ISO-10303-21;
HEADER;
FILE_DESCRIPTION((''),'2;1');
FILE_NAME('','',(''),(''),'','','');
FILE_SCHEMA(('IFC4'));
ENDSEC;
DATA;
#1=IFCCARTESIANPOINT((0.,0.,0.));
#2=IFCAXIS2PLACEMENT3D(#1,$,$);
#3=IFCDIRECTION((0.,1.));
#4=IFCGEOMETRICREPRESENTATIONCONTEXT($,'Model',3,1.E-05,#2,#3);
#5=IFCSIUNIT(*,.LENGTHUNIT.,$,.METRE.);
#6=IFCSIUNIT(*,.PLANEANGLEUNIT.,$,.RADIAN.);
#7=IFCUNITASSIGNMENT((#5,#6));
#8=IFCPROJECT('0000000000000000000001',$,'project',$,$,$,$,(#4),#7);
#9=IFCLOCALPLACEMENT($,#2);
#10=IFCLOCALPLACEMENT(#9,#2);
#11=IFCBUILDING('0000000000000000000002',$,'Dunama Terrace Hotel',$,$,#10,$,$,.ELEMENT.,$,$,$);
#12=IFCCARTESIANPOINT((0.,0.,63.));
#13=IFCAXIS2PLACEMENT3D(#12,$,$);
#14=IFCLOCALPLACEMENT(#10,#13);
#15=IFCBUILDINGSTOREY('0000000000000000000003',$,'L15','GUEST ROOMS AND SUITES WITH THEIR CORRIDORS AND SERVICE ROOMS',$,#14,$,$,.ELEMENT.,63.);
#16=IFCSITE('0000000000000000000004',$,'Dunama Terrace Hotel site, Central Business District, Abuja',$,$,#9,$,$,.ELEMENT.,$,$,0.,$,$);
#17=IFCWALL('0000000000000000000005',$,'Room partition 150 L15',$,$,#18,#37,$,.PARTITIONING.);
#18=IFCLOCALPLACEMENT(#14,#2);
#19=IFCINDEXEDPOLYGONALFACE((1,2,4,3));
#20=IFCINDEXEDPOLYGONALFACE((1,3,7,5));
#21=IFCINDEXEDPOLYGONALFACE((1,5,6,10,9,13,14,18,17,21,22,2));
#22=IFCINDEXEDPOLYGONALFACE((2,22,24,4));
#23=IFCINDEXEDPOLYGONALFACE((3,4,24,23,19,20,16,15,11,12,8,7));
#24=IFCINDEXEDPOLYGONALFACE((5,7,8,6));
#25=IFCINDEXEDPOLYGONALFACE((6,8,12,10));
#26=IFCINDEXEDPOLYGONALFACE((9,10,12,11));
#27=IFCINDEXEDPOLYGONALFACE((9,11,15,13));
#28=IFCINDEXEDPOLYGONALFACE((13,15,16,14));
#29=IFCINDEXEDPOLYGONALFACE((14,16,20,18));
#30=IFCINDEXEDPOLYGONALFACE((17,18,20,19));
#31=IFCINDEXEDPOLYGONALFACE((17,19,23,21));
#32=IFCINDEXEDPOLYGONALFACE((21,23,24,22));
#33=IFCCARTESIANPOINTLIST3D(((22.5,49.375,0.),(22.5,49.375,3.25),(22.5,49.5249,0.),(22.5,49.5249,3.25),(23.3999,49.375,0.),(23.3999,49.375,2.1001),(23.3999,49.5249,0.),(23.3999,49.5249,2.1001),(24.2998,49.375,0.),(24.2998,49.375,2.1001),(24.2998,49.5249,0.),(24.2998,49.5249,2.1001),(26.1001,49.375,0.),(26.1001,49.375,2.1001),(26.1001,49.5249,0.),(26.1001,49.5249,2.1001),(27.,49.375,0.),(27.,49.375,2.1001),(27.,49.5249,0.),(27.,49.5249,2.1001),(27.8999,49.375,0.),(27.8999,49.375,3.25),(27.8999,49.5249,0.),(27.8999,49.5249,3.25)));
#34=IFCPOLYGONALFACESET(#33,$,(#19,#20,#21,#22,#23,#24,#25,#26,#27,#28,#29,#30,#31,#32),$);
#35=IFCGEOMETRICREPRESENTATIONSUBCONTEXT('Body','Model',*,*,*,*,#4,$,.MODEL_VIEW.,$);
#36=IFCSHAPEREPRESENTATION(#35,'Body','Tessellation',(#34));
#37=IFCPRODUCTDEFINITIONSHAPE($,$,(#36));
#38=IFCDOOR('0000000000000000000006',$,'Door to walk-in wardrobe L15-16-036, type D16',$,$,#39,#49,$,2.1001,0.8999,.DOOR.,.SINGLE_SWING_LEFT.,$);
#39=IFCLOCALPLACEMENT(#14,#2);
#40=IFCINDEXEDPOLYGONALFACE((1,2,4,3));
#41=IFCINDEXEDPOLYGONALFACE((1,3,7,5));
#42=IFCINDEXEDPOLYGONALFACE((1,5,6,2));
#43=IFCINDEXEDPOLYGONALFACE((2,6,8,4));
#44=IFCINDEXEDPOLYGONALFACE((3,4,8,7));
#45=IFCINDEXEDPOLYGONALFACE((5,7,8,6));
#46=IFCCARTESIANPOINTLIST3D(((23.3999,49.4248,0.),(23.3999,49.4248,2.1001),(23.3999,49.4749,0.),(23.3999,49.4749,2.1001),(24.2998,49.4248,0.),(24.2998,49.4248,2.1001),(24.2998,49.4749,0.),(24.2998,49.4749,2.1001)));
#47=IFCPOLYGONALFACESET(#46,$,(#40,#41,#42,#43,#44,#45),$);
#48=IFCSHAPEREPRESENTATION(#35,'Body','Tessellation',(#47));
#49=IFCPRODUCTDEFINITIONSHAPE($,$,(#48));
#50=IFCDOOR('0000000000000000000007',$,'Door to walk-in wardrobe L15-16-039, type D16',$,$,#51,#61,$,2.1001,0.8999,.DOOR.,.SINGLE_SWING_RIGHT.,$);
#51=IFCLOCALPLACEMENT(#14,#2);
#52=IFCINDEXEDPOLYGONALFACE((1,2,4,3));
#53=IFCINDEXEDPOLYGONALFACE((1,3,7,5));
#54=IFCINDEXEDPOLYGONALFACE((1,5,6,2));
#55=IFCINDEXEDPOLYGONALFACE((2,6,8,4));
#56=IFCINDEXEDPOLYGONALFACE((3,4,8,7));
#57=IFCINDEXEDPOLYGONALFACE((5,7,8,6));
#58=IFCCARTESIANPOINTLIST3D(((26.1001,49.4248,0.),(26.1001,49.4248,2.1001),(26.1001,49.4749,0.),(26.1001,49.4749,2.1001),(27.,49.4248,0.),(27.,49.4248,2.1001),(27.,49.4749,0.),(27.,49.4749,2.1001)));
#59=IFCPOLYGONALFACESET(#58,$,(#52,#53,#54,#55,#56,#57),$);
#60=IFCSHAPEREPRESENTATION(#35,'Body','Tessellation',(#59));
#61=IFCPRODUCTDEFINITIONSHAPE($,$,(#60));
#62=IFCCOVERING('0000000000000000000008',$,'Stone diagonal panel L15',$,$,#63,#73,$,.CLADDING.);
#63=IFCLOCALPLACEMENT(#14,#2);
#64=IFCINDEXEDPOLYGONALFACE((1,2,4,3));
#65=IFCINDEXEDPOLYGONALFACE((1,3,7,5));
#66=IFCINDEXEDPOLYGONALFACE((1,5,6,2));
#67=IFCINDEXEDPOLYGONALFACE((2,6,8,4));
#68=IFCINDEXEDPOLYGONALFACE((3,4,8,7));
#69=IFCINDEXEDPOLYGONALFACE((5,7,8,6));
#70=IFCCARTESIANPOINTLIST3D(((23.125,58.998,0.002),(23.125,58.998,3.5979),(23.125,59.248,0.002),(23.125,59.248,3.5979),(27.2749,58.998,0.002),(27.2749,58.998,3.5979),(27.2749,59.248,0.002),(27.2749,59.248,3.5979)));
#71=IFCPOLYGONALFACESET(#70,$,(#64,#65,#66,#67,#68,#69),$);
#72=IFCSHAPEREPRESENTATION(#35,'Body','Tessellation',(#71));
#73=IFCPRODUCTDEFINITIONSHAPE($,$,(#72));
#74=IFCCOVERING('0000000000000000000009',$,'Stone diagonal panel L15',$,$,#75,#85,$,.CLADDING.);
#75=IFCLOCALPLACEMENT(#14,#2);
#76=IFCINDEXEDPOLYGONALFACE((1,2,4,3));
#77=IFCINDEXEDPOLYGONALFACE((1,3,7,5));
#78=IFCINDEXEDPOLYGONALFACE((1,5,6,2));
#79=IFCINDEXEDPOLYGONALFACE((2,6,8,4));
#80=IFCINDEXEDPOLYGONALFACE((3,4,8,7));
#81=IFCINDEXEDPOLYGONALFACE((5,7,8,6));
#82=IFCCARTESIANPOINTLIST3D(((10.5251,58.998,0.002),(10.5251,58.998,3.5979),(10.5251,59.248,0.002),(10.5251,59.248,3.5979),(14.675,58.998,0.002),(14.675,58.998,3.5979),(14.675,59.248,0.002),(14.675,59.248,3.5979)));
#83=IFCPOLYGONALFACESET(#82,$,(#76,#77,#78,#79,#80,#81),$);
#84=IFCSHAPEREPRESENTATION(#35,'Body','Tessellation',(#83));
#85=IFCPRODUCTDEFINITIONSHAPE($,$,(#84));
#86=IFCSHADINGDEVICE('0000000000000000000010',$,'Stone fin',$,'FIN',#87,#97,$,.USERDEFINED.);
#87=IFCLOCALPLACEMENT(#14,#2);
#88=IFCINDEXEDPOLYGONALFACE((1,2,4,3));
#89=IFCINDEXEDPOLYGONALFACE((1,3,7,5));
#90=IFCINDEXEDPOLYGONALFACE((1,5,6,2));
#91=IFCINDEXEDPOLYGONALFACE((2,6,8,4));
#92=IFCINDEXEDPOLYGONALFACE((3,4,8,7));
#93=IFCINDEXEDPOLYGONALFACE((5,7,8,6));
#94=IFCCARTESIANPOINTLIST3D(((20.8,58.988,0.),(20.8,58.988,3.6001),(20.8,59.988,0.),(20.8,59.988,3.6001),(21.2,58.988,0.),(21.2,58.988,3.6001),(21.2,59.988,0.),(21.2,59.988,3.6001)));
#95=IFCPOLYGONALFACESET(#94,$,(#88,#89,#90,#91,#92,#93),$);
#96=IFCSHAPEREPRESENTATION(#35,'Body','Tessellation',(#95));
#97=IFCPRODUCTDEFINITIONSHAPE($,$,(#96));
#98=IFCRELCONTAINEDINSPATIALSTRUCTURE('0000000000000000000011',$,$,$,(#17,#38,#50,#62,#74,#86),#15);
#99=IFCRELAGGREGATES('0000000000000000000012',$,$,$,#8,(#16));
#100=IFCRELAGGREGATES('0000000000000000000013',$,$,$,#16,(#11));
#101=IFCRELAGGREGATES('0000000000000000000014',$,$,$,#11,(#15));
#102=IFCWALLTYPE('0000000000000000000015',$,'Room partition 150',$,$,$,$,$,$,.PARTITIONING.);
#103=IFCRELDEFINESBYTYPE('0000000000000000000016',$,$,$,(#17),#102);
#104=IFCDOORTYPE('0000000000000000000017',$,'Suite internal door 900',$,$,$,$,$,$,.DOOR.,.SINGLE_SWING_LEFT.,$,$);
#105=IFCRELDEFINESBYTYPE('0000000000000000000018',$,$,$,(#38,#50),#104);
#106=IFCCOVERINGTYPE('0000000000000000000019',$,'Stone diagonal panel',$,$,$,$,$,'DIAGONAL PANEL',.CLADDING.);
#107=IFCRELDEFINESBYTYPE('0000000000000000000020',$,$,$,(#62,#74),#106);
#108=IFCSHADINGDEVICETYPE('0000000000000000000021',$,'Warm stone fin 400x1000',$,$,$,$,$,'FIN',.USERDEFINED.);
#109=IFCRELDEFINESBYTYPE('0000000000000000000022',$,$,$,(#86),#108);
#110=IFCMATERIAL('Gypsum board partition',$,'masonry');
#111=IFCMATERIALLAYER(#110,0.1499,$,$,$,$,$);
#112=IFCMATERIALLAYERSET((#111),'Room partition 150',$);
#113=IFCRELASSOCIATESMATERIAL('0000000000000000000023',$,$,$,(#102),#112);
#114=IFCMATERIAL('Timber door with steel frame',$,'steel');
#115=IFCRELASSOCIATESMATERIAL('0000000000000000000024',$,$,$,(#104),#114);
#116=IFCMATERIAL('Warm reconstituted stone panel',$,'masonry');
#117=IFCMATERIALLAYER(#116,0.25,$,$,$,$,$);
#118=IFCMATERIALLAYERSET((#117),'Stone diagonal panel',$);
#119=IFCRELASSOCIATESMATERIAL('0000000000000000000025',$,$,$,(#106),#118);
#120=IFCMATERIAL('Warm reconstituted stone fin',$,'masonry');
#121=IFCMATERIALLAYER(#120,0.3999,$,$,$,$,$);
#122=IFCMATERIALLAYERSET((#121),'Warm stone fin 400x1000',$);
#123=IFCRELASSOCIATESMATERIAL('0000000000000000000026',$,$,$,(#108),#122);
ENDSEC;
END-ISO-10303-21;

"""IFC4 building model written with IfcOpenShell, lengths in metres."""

from ifc_helpers import new_model, si_unit, direction, frame, frame_2d, origin, origin_2d, place, context, subcontext, project, spatial, rectangle, extrude, material, layer, layer_set, type_object, element, fill, save


model = new_model("IFC4")

# Units and contexts
model_context = context("Model", 3, precision=1e-05, world=origin(), true_north=direction((0.0, 1.0)))
body_context = subcontext(model_context, "Body", "Model", "MODEL_VIEW")
ifc_project = project(units=[si_unit("LENGTHUNIT", "METRE"), si_unit("PLANEANGLEUNIT", "RADIAN")], contexts=[model_context])

# Site, building, storey
site_placement = place(None, origin())
site = spatial("IfcSite", under=ifc_project, at=site_placement, Name="Dunama Terrace Hotel site, Central Business District, Abuja", CompositionType="ELEMENT", RefElevation=0.0)
building_placement = place(site_placement, origin())
building = spatial("IfcBuilding", under=site, at=building_placement, Name="Dunama Terrace Hotel", CompositionType="ELEMENT")
storey_placement = place(building_placement, frame((0.0, 0.0, 63.0)))
storey = spatial("IfcBuildingStorey", under=building, at=storey_placement, Name="L15", Description="GUEST ROOMS AND SUITES WITH THEIR CORRIDORS AND SERVICE ROOMS", CompositionType="ELEMENT", Elevation=63.0)

# Shared definitions
ifc_material_1 = material(Name="Gypsum board partition", Category="masonry")
ifc_layer_1 = layer(ifc_material_1, 0.1499)
ifc_layer_set_1 = layer_set([ifc_layer_1], Name="Room partition 150")
wall_type_1 = type_object("IfcWallType", Name="Room partition 150", PredefinedType="PARTITIONING", material=ifc_layer_set_1)

# Shared definitions
ifc_material_2 = material(Name="Timber door with steel frame", Category="steel")
door_type_1 = type_object("IfcDoorType", Name="Suite internal door 900", OperationType="SINGLE_SWING_LEFT", PredefinedType="DOOR", material=ifc_material_2)

# Wall, openings, doors
wall_1_placement = place(storey_placement, frame((22.5, 49.45, 0.0), z_axis=(0.0, 0.0, 1.0), x_axis=(1.0, 0.0, 0.0)))
wall_1 = element("IfcWall", 1, at=wall_1_placement, inside=storey, type_object=wall_type_1, Name="Room partition 150 L15", PredefinedType="PARTITIONING", context=body_context, shape_type="SweptSolid", body=[
    extrude(rectangle(XDim=5.3999, YDim=0.1499, at=frame_2d((2.7, 0.0))), origin(), (0.0, 0.0, 1.0), 3.25),
])
opening_1_placement = place(wall_1_placement, frame((0.8999, 0.0, 0.0)))
opening_1 = element("IfcOpeningElement", 2, at=opening_1_placement, cuts=wall_1, PredefinedType="OPENING", context=body_context, shape_type="SweptSolid", body=[
    extrude(rectangle(XDim=0.8999, YDim=2.1001, at=frame_2d((0.45, 1.05))), frame((0.0, 0.085, 0.0), z_axis=(0.0, -1.0, 0.0), x_axis=(1.0, 0.0, 0.0)), (0.0, 0.0, 1.0), 0.1699),
])
opening_2_placement = place(wall_1_placement, frame((3.6001, 0.0, 0.0)))
opening_2 = element("IfcOpeningElement", 3, at=opening_2_placement, cuts=wall_1, PredefinedType="OPENING", context=body_context, shape_type="SweptSolid", body=[
    extrude(rectangle(XDim=0.8999, YDim=2.1001, at=frame_2d((0.45, 1.05))), frame((0.0, 0.085, 0.0), z_axis=(0.0, -1.0, 0.0), x_axis=(1.0, 0.0, 0.0)), (0.0, 0.0, 1.0), 0.1699),
])
door_1_placement = place(opening_1_placement, frame((0.8999, 0.0, 0.0), z_axis=(0.0, 0.0, 1.0), x_axis=(-1.0, 0.0, 0.0)))
door_1 = element("IfcDoor", 4, at=door_1_placement, inside=storey, type_object=door_type_1, Name="Door to walk-in wardrobe L15-16-036, type D16", OperationType="SINGLE_SWING_LEFT", OverallHeight=2.1001, OverallWidth=0.8999, PredefinedType="DOOR", context=body_context, shape_type="SweptSolid", body=[
    extrude(rectangle(XDim=0.8999, YDim=2.1001, at=frame_2d((0.45, 1.05))), frame((0.0, 0.0251, 0.0), z_axis=(0.0, -1.0, 0.0), x_axis=(1.0, 0.0, 0.0)), (0.0, 0.0, 1.0), 0.05),
])
fill(opening_1, door_1)
door_2_placement = place(opening_2_placement, frame((0.8999, 0.0, 0.0), z_axis=(0.0, 0.0, 1.0), x_axis=(-1.0, 0.0, 0.0)))
door_2 = element("IfcDoor", 5, at=door_2_placement, inside=storey, type_object=door_type_1, Name="Door to walk-in wardrobe L15-16-039, type D16", OperationType="SINGLE_SWING_RIGHT", OverallHeight=2.1001, OverallWidth=0.8999, PredefinedType="DOOR", context=body_context, shape_type="SweptSolid", body=[
    extrude(rectangle(XDim=0.8999, YDim=2.1001, at=frame_2d((0.45, 1.05))), frame((0.0, 0.0251, 0.0), z_axis=(0.0, -1.0, 0.0), x_axis=(1.0, 0.0, 0.0)), (0.0, 0.0, 1.0), 0.05),
])
fill(opening_2, door_2)

# Coverings
ifc_material_3 = material(Name="Warm reconstituted stone panel", Category="masonry")
ifc_layer_2 = layer(ifc_material_3, 0.25)
ifc_layer_set_2 = layer_set([ifc_layer_2], Name="Stone diagonal panel")
covering_type = type_object("IfcCoveringType", Name="Stone diagonal panel", ElementType="DIAGONAL PANEL", PredefinedType="CLADDING", material=ifc_layer_set_2)
for number, where, z_axis, x_axis, name in (
    (6, (25.2, 59.123, 0.002), (0.0, 0.0, 1.0), (-1.0, 0.0, 0.0), "Stone diagonal panel L15"),
    (7, (12.6001, 59.123, 0.002), (0.0, 0.0, 1.0), (-1.0, 0.0, 0.0), "Stone diagonal panel L15"),
):
    element("IfcCovering", number, at=place(storey_placement, frame(where, z_axis=z_axis, x_axis=x_axis)), inside=storey, type_object=covering_type, Name=name, PredefinedType="CLADDING", context=body_context, shape_type="SweptSolid", body=[
        extrude(rectangle(XDim=4.1499, YDim=0.25, at=origin_2d()), origin(), (0.0, 0.0, 1.0), 3.5959),
    ])

# Shading device
ifc_material_4 = material(Name="Warm reconstituted stone fin", Category="masonry")
ifc_layer_3 = layer(ifc_material_4, 0.3999)
ifc_layer_set_3 = layer_set([ifc_layer_3], Name="Warm stone fin 400x1000")
shading_device_type = type_object("IfcShadingDeviceType", Name="Warm stone fin 400x1000", ElementType="FIN", PredefinedType="USERDEFINED", material=ifc_layer_set_3)
shading_device_placement = place(storey_placement, frame((21.0, 59.488, 0.0), z_axis=(0.0, 0.0, 1.0), x_axis=(-1.0, 0.0, 0.0)))
element("IfcShadingDevice", 8, at=shading_device_placement, inside=storey, type_object=shading_device_type, Name="Stone fin", ObjectType="FIN", PredefinedType="USERDEFINED", context=body_context, shape_type="SweptSolid", body=[
    extrude(rectangle(XDim=0.3999, YDim=1.0, at=origin_2d()), origin(), (0.0, 0.0, 1.0), 3.6001),
])

save(model, "model.ifc")
